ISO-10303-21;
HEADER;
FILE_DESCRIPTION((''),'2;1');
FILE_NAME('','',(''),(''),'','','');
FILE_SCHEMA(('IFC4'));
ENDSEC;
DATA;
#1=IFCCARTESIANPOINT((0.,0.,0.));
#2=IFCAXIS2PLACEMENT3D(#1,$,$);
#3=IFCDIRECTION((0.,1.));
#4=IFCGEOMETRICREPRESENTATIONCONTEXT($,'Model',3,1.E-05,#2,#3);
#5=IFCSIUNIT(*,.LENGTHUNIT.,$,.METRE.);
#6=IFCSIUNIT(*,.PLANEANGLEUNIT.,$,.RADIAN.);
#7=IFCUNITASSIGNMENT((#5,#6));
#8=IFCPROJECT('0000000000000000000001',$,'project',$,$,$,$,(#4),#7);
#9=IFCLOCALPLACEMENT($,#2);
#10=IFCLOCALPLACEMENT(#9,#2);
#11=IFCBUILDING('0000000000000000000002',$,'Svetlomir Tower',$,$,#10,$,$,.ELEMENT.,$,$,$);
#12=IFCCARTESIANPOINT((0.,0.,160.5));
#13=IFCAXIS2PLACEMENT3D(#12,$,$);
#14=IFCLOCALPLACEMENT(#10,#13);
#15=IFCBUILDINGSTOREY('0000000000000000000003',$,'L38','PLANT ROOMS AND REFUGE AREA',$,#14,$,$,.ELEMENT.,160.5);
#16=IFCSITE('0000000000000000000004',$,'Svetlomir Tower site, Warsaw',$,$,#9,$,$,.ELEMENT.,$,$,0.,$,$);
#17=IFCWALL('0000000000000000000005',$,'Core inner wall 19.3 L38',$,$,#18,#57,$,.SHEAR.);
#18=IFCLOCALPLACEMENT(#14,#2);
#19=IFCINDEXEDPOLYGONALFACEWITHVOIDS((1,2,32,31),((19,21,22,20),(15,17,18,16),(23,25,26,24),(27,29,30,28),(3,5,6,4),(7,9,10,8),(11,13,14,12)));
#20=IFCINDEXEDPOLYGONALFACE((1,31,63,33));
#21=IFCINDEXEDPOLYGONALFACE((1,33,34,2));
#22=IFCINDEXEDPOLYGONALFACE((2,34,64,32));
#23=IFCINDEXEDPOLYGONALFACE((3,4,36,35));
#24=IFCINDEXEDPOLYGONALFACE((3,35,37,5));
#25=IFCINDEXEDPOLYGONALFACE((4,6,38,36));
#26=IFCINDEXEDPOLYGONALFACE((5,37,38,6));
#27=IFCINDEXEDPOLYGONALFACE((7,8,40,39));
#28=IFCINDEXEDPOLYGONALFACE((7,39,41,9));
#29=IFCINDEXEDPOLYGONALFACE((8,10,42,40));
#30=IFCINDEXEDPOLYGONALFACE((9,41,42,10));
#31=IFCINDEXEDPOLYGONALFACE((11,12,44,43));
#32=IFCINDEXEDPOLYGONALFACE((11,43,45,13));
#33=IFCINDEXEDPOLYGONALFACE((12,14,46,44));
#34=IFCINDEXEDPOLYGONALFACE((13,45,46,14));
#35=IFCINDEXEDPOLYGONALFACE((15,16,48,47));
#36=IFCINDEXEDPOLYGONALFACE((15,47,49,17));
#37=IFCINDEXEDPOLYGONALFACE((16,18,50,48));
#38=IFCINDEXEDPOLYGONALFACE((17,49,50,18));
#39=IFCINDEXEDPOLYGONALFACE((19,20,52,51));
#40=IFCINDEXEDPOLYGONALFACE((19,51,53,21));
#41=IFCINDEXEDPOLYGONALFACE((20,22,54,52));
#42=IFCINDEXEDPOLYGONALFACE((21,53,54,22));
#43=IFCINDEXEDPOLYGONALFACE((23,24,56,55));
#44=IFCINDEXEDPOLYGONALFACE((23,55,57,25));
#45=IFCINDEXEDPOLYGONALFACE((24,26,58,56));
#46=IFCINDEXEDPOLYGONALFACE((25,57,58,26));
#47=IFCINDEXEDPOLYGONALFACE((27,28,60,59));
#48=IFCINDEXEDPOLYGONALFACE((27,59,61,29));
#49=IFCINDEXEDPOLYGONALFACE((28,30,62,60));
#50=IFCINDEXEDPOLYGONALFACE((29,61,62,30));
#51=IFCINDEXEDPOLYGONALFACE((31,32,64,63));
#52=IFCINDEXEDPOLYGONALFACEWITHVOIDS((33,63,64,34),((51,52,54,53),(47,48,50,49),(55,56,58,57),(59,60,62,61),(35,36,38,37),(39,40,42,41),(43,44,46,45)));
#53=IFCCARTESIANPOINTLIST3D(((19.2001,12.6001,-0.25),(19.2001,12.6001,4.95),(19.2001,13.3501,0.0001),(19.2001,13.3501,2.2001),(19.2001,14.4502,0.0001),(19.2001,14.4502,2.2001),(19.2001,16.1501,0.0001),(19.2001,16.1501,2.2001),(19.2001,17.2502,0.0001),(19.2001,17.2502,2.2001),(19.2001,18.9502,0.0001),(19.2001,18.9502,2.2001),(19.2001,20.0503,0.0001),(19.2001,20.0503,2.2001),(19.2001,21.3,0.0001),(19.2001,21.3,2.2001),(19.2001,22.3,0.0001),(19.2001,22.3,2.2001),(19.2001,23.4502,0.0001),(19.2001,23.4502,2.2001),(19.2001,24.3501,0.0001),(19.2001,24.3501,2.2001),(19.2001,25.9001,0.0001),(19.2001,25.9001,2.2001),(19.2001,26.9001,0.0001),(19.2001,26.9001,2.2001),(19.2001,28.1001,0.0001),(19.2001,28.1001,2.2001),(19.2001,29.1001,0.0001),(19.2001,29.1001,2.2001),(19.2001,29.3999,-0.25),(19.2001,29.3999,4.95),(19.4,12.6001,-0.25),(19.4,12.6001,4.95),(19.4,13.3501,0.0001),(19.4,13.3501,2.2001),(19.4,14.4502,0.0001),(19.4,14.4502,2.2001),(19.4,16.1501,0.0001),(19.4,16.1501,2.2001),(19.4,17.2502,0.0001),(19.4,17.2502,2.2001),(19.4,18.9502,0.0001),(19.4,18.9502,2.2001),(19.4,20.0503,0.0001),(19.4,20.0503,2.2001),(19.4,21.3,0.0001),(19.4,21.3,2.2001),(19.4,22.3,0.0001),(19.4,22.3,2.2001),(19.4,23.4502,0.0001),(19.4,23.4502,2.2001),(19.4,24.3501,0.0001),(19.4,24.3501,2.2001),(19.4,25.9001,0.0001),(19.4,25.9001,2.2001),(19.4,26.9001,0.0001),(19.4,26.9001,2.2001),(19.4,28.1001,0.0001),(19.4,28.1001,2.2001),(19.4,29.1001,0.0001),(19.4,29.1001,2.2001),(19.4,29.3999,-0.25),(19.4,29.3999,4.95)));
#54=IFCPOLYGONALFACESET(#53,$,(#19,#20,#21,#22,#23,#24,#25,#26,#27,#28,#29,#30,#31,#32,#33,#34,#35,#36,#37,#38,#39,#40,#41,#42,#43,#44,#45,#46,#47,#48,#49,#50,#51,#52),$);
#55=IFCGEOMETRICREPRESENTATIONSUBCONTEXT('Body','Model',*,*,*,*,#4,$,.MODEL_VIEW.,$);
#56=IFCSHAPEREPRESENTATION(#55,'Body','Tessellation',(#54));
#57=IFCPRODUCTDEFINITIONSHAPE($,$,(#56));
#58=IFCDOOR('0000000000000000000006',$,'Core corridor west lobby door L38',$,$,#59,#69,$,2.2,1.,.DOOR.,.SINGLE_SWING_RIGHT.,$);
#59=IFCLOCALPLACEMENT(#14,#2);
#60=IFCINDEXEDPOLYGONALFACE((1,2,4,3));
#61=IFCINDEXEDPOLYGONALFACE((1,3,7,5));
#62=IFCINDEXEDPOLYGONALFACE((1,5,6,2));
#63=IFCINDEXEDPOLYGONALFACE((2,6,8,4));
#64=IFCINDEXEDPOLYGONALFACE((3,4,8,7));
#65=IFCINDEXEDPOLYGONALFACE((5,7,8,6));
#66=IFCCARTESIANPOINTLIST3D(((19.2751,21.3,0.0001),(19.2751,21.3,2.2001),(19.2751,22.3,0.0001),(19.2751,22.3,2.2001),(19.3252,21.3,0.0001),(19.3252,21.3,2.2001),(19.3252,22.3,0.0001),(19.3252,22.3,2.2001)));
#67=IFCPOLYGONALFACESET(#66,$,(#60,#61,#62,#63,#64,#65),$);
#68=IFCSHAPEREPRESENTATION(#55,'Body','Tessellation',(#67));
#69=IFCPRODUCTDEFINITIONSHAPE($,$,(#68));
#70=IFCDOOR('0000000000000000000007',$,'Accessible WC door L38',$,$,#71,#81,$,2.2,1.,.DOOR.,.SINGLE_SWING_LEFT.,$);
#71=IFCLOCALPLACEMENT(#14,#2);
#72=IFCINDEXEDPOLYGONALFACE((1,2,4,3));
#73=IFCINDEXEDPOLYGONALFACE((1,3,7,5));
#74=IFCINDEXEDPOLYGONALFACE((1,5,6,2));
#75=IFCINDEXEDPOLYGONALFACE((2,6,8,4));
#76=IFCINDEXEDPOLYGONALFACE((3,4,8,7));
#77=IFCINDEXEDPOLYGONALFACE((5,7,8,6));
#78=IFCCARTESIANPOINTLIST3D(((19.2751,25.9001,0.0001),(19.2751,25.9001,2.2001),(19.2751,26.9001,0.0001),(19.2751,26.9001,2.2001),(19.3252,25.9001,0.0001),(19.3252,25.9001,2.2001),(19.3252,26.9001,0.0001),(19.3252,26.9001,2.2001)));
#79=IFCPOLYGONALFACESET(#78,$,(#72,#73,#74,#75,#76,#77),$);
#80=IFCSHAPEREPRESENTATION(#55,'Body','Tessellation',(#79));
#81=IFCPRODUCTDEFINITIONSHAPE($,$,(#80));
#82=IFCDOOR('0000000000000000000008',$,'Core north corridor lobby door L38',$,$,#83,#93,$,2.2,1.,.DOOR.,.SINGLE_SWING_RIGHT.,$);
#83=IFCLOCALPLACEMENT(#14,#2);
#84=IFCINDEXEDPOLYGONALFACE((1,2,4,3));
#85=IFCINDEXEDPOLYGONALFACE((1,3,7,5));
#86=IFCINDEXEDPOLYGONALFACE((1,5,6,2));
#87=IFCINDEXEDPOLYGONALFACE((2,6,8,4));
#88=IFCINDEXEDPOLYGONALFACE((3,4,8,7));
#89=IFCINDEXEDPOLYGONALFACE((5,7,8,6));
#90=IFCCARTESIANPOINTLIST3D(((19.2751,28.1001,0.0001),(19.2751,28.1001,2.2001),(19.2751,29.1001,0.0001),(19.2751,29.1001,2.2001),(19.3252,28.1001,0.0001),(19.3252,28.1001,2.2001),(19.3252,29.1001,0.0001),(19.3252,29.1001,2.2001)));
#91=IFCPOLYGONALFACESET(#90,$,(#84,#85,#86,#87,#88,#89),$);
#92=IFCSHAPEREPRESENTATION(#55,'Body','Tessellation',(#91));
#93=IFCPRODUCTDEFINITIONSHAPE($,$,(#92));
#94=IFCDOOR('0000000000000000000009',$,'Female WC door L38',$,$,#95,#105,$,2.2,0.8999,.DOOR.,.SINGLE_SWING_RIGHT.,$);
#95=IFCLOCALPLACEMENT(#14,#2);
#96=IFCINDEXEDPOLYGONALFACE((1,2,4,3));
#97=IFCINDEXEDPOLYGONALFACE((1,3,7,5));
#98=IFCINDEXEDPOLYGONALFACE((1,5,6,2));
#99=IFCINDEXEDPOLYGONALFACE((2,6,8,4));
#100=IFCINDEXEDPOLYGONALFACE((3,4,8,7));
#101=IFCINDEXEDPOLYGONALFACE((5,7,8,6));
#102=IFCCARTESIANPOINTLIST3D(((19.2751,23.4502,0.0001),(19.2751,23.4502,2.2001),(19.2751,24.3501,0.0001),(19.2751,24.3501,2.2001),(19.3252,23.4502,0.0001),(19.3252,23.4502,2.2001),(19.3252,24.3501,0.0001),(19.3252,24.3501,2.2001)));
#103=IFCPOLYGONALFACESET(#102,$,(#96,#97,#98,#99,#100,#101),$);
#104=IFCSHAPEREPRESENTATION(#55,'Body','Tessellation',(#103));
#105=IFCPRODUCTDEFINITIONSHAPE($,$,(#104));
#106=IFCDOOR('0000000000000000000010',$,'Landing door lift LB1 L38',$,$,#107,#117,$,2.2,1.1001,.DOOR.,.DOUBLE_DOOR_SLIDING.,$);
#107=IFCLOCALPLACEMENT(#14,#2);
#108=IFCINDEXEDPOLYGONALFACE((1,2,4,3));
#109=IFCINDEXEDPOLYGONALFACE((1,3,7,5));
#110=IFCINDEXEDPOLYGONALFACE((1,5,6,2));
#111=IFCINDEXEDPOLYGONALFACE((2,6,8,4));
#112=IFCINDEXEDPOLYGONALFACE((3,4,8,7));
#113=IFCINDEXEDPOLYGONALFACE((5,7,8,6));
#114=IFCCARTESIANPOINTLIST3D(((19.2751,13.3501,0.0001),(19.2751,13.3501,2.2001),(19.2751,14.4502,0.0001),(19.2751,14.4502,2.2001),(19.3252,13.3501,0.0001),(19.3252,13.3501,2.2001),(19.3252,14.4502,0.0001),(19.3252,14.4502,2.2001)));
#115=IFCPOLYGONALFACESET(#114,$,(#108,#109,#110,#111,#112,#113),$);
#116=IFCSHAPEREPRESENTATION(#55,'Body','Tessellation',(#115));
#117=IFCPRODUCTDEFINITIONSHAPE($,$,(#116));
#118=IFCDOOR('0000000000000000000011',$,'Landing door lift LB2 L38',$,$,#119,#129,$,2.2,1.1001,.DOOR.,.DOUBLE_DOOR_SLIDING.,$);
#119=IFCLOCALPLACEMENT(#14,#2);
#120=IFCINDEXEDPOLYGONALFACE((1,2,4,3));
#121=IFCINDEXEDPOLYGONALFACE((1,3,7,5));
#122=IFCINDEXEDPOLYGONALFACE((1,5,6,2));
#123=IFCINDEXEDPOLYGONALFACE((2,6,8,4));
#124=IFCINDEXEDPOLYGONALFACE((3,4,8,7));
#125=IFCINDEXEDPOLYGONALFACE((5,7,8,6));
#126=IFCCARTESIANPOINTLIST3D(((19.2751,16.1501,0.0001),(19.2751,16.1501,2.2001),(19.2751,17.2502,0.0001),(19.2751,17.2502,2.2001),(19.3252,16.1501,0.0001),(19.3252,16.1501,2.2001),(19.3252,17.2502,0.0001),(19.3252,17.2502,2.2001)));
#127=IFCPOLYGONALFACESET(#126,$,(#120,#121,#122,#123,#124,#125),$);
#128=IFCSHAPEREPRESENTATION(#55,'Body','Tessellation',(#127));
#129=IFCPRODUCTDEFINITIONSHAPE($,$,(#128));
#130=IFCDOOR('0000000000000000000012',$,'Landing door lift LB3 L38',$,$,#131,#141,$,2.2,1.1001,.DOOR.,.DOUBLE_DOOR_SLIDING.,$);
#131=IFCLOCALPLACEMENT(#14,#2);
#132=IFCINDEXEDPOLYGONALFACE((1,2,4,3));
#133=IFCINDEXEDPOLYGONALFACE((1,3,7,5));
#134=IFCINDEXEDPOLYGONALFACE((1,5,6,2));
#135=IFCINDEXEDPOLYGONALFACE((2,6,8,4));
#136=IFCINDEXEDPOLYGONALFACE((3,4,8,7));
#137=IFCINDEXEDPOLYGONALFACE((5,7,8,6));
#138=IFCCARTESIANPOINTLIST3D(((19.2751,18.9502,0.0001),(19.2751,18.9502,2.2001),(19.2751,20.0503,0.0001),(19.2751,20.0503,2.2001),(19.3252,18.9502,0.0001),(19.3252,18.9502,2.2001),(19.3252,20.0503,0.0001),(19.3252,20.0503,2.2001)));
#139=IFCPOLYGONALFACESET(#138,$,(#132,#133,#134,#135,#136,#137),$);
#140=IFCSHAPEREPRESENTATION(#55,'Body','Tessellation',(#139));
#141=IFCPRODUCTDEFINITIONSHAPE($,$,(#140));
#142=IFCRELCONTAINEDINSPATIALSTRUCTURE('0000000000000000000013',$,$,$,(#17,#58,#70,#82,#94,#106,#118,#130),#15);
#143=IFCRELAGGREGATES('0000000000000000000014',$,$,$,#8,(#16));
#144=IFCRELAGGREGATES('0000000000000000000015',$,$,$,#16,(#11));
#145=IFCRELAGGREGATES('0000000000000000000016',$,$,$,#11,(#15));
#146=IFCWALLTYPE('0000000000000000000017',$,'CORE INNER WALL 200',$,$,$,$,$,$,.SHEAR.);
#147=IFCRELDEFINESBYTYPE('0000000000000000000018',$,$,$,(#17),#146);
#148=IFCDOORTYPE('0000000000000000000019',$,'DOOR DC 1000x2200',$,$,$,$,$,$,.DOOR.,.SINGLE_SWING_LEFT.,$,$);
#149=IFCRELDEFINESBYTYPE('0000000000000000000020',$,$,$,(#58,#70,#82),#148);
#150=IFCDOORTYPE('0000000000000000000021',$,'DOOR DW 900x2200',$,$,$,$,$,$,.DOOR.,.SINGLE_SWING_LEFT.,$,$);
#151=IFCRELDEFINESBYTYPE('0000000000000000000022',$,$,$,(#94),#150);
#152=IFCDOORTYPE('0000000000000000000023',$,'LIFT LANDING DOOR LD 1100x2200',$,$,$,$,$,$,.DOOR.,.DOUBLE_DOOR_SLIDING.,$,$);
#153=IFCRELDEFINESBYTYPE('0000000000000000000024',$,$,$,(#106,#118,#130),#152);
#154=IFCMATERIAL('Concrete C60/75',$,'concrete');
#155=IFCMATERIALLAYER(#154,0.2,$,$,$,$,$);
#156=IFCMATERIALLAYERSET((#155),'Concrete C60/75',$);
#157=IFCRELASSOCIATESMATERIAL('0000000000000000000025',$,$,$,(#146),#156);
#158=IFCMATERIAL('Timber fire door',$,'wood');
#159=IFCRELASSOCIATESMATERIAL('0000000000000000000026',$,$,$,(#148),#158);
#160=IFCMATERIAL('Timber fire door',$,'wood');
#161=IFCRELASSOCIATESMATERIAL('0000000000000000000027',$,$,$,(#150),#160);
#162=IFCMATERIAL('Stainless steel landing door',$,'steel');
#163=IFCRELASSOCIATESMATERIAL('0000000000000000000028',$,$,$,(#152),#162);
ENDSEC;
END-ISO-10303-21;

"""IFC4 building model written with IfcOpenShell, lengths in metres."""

from ifc_helpers import new_model, si_unit, direction, frame, frame_2d, origin, place, context, subcontext, project, spatial, rectangle, extrude, material, layer, layer_set, type_object, element, fill, save


model = new_model("IFC4")

# Units and contexts
model_context = context("Model", 3, precision=1e-05, world=origin(), true_north=direction((0.0, 1.0)))
body_context = subcontext(model_context, "Body", "Model", "MODEL_VIEW")
ifc_project = project(units=[si_unit("LENGTHUNIT", "METRE"), si_unit("PLANEANGLEUNIT", "RADIAN")], contexts=[model_context])

# Site, building, storey
site_placement = place(None, origin())
site = spatial("IfcSite", under=ifc_project, at=site_placement, Name="Svetlomir Tower site, Warsaw", CompositionType="ELEMENT", RefElevation=0.0)
building_placement = place(site_placement, origin())
building = spatial("IfcBuilding", under=site, at=building_placement, Name="Svetlomir Tower", CompositionType="ELEMENT")
storey_placement = place(building_placement, frame((0.0, 0.0, 160.5)))
storey = spatial("IfcBuildingStorey", under=building, at=storey_placement, Name="L38", Description="PLANT ROOMS AND REFUGE AREA", CompositionType="ELEMENT", Elevation=160.5)

# Wall, openings, doors
ifc_material_1 = material(Name="Concrete C60/75", Category="concrete")
ifc_layer_1 = layer(ifc_material_1, 0.2)
ifc_layer_set_1 = layer_set([ifc_layer_1], Name="Concrete C60/75")
wall_type_1 = type_object("IfcWallType", Name="CORE INNER WALL 200", PredefinedType="SHEAR", material=ifc_layer_set_1)
wall_1_placement = place(storey_placement, frame((19.3, 12.6001, -0.25), z_axis=(0.0, 0.0, 1.0), x_axis=(0.0, 1.0, 0.0)))
wall_1 = element("IfcWall", 1, at=wall_1_placement, inside=storey, type_object=wall_type_1, Name="Core inner wall 19.3 L38", PredefinedType="SHEAR", context=body_context, shape_type="SweptSolid", body=[
    extrude(rectangle(XDim=16.7998, YDim=0.2, at=frame_2d((8.3999, 0.0))), origin(), (0.0, 0.0, 1.0), 5.2),
])
opening_1_placement = place(wall_1_placement, frame((8.7, 0.0, 0.25)))
opening_1 = element("IfcOpeningElement", 2, at=opening_1_placement, cuts=wall_1, PredefinedType="OPENING", context=body_context, shape_type="SweptSolid", body=[
    extrude(rectangle(XDim=1.0, YDim=2.2, at=frame_2d((0.5, 1.1001))), frame((0.0, 0.1099, 0.0), z_axis=(0.0, -1.0, 0.0), x_axis=(1.0, 0.0, 0.0)), (0.0, 0.0, 1.0), 0.22),
])
opening_2_placement = place(wall_1_placement, frame((10.8501, 0.0, 0.25)))
opening_2 = element("IfcOpeningElement", 3, at=opening_2_placement, cuts=wall_1, PredefinedType="OPENING", context=body_context, shape_type="SweptSolid", body=[
    extrude(rectangle(XDim=0.8999, YDim=2.2, at=frame_2d((0.45, 1.1001))), frame((0.0, 0.1099, 0.0), z_axis=(0.0, -1.0, 0.0), x_axis=(1.0, 0.0, 0.0)), (0.0, 0.0, 1.0), 0.22),
])
opening_3_placement = place(wall_1_placement, frame((13.3, 0.0, 0.25)))
opening_3 = element("IfcOpeningElement", 4, at=opening_3_placement, cuts=wall_1, PredefinedType="OPENING", context=body_context, shape_type="SweptSolid", body=[
    extrude(rectangle(XDim=1.0, YDim=2.2, at=frame_2d((0.5, 1.1001))), frame((0.0, 0.1099, 0.0), z_axis=(0.0, -1.0, 0.0), x_axis=(1.0, 0.0, 0.0)), (0.0, 0.0, 1.0), 0.22),
])
opening_4_placement = place(wall_1_placement, frame((15.5, 0.0, 0.25)))
opening_4 = element("IfcOpeningElement", 5, at=opening_4_placement, cuts=wall_1, PredefinedType="OPENING", context=body_context, shape_type="SweptSolid", body=[
    extrude(rectangle(XDim=1.0, YDim=2.2, at=frame_2d((0.5, 1.1001))), frame((0.0, 0.1099, 0.0), z_axis=(0.0, -1.0, 0.0), x_axis=(1.0, 0.0, 0.0)), (0.0, 0.0, 1.0), 0.22),
])
opening_5_placement = place(wall_1_placement, frame((0.75, 0.0, 0.25)))
opening_5 = element("IfcOpeningElement", 6, at=opening_5_placement, cuts=wall_1, PredefinedType="OPENING", context=body_context, shape_type="SweptSolid", body=[
    extrude(rectangle(XDim=1.1001, YDim=2.2, at=frame_2d((0.55, 1.1001))), frame((0.0, 0.1099, 0.0), z_axis=(0.0, -1.0, 0.0), x_axis=(1.0, 0.0, 0.0)), (0.0, 0.0, 1.0), 0.22),
])
opening_6_placement = place(wall_1_placement, frame((3.55, 0.0, 0.25)))
opening_6 = element("IfcOpeningElement", 7, at=opening_6_placement, cuts=wall_1, PredefinedType="OPENING", context=body_context, shape_type="SweptSolid", body=[
    extrude(rectangle(XDim=1.1001, YDim=2.2, at=frame_2d((0.55, 1.1001))), frame((0.0, 0.1099, 0.0), z_axis=(0.0, -1.0, 0.0), x_axis=(1.0, 0.0, 0.0)), (0.0, 0.0, 1.0), 0.22),
])
opening_7_placement = place(wall_1_placement, frame((6.3501, 0.0, 0.25)))
opening_7 = element("IfcOpeningElement", 8, at=opening_7_placement, cuts=wall_1, PredefinedType="OPENING", context=body_context, shape_type="SweptSolid", body=[
    extrude(rectangle(XDim=1.1001, YDim=2.2, at=frame_2d((0.55, 1.1001))), frame((0.0, 0.1099, 0.0), z_axis=(0.0, -1.0, 0.0), x_axis=(1.0, 0.0, 0.0)), (0.0, 0.0, 1.0), 0.22),
])
ifc_material_2 = material(Name="Timber fire door", Category="wood")
door_type_1 = type_object("IfcDoorType", Name="DOOR DC 1000x2200", OperationType="SINGLE_SWING_LEFT", PredefinedType="DOOR", material=ifc_material_2)
door_1_placement = place(opening_1_placement, origin())
door_1 = element("IfcDoor", 9, at=door_1_placement, inside=storey, type_object=door_type_1, Name="Core corridor west lobby door L38", OperationType="SINGLE_SWING_RIGHT", OverallHeight=2.2, OverallWidth=1.0, PredefinedType="DOOR", context=body_context, shape_type="SweptSolid", body=[
    extrude(rectangle(XDim=1.0, YDim=2.2, at=frame_2d((0.5, 1.1001))), frame((0.0, 0.0249, 0.0), z_axis=(0.0, -1.0, 0.0), x_axis=(1.0, 0.0, 0.0)), (0.0, 0.0, 1.0), 0.05),
])
fill(opening_1, door_1)
door_2_placement = place(opening_3_placement, origin())
door_2 = element("IfcDoor", 10, at=door_2_placement, inside=storey, type_object=door_type_1, Name="Accessible WC door L38", OperationType="SINGLE_SWING_LEFT", OverallHeight=2.2, OverallWidth=1.0, PredefinedType="DOOR", context=body_context, shape_type="SweptSolid", body=[
    extrude(rectangle(XDim=1.0, YDim=2.2, at=frame_2d((0.5, 1.1001))), frame((0.0, 0.0249, 0.0), z_axis=(0.0, -1.0, 0.0), x_axis=(1.0, 0.0, 0.0)), (0.0, 0.0, 1.0), 0.05),
])
fill(opening_3, door_2)
door_3_placement = place(opening_4_placement, origin())
door_3 = element("IfcDoor", 11, at=door_3_placement, inside=storey, type_object=door_type_1, Name="Core north corridor lobby door L38", OperationType="SINGLE_SWING_RIGHT", OverallHeight=2.2, OverallWidth=1.0, PredefinedType="DOOR", context=body_context, shape_type="SweptSolid", body=[
    extrude(rectangle(XDim=1.0, YDim=2.2, at=frame_2d((0.5, 1.1001))), frame((0.0, 0.0249, 0.0), z_axis=(0.0, -1.0, 0.0), x_axis=(1.0, 0.0, 0.0)), (0.0, 0.0, 1.0), 0.05),
])
fill(opening_4, door_3)
ifc_material_3 = material(Name="Timber fire door", Category="wood")
door_type_2 = type_object("IfcDoorType", Name="DOOR DW 900x2200", OperationType="SINGLE_SWING_LEFT", PredefinedType="DOOR", material=ifc_material_3)
door_4_placement = place(opening_2_placement, origin())
door_4 = element("IfcDoor", 12, at=door_4_placement, inside=storey, type_object=door_type_2, Name="Female WC door L38", OperationType="SINGLE_SWING_RIGHT", OverallHeight=2.2, OverallWidth=0.8999, PredefinedType="DOOR", context=body_context, shape_type="SweptSolid", body=[
    extrude(rectangle(XDim=0.8999, YDim=2.2, at=frame_2d((0.45, 1.1001))), frame((0.0, 0.0249, 0.0), z_axis=(0.0, -1.0, 0.0), x_axis=(1.0, 0.0, 0.0)), (0.0, 0.0, 1.0), 0.05),
])
fill(opening_2, door_4)
ifc_material_4 = material(Name="Stainless steel landing door", Category="steel")
door_type_3 = type_object("IfcDoorType", Name="LIFT LANDING DOOR LD 1100x2200", OperationType="DOUBLE_DOOR_SLIDING", PredefinedType="DOOR", material=ifc_material_4)
door_5_placement = place(opening_5_placement, origin())
door_5 = element("IfcDoor", 13, at=door_5_placement, inside=storey, type_object=door_type_3, Name="Landing door lift LB1 L38", OperationType="DOUBLE_DOOR_SLIDING", OverallHeight=2.2, OverallWidth=1.1001, PredefinedType="DOOR", context=body_context, shape_type="SweptSolid", body=[
    extrude(rectangle(XDim=1.1001, YDim=2.2, at=frame_2d((0.55, 1.1001))), frame((0.0, 0.0249, 0.0), z_axis=(0.0, -1.0, 0.0), x_axis=(1.0, 0.0, 0.0)), (0.0, 0.0, 1.0), 0.05),
])
fill(opening_5, door_5)
door_6_placement = place(opening_6_placement, origin())
door_6 = element("IfcDoor", 14, at=door_6_placement, inside=storey, type_object=door_type_3, Name="Landing door lift LB2 L38", OperationType="DOUBLE_DOOR_SLIDING", OverallHeight=2.2, OverallWidth=1.1001, PredefinedType="DOOR", context=body_context, shape_type="SweptSolid", body=[
    extrude(rectangle(XDim=1.1001, YDim=2.2, at=frame_2d((0.55, 1.1001))), frame((0.0, 0.0249, 0.0), z_axis=(0.0, -1.0, 0.0), x_axis=(1.0, 0.0, 0.0)), (0.0, 0.0, 1.0), 0.05),
])
fill(opening_6, door_6)
door_7_placement = place(opening_7_placement, origin())
door_7 = element("IfcDoor", 15, at=door_7_placement, inside=storey, type_object=door_type_3, Name="Landing door lift LB3 L38", OperationType="DOUBLE_DOOR_SLIDING", OverallHeight=2.2, OverallWidth=1.1001, PredefinedType="DOOR", context=body_context, shape_type="SweptSolid", body=[
    extrude(rectangle(XDim=1.1001, YDim=2.2, at=frame_2d((0.55, 1.1001))), frame((0.0, 0.0249, 0.0), z_axis=(0.0, -1.0, 0.0), x_axis=(1.0, 0.0, 0.0)), (0.0, 0.0, 1.0), 0.05),
])
fill(opening_7, door_7)

save(model, "model.ifc")
